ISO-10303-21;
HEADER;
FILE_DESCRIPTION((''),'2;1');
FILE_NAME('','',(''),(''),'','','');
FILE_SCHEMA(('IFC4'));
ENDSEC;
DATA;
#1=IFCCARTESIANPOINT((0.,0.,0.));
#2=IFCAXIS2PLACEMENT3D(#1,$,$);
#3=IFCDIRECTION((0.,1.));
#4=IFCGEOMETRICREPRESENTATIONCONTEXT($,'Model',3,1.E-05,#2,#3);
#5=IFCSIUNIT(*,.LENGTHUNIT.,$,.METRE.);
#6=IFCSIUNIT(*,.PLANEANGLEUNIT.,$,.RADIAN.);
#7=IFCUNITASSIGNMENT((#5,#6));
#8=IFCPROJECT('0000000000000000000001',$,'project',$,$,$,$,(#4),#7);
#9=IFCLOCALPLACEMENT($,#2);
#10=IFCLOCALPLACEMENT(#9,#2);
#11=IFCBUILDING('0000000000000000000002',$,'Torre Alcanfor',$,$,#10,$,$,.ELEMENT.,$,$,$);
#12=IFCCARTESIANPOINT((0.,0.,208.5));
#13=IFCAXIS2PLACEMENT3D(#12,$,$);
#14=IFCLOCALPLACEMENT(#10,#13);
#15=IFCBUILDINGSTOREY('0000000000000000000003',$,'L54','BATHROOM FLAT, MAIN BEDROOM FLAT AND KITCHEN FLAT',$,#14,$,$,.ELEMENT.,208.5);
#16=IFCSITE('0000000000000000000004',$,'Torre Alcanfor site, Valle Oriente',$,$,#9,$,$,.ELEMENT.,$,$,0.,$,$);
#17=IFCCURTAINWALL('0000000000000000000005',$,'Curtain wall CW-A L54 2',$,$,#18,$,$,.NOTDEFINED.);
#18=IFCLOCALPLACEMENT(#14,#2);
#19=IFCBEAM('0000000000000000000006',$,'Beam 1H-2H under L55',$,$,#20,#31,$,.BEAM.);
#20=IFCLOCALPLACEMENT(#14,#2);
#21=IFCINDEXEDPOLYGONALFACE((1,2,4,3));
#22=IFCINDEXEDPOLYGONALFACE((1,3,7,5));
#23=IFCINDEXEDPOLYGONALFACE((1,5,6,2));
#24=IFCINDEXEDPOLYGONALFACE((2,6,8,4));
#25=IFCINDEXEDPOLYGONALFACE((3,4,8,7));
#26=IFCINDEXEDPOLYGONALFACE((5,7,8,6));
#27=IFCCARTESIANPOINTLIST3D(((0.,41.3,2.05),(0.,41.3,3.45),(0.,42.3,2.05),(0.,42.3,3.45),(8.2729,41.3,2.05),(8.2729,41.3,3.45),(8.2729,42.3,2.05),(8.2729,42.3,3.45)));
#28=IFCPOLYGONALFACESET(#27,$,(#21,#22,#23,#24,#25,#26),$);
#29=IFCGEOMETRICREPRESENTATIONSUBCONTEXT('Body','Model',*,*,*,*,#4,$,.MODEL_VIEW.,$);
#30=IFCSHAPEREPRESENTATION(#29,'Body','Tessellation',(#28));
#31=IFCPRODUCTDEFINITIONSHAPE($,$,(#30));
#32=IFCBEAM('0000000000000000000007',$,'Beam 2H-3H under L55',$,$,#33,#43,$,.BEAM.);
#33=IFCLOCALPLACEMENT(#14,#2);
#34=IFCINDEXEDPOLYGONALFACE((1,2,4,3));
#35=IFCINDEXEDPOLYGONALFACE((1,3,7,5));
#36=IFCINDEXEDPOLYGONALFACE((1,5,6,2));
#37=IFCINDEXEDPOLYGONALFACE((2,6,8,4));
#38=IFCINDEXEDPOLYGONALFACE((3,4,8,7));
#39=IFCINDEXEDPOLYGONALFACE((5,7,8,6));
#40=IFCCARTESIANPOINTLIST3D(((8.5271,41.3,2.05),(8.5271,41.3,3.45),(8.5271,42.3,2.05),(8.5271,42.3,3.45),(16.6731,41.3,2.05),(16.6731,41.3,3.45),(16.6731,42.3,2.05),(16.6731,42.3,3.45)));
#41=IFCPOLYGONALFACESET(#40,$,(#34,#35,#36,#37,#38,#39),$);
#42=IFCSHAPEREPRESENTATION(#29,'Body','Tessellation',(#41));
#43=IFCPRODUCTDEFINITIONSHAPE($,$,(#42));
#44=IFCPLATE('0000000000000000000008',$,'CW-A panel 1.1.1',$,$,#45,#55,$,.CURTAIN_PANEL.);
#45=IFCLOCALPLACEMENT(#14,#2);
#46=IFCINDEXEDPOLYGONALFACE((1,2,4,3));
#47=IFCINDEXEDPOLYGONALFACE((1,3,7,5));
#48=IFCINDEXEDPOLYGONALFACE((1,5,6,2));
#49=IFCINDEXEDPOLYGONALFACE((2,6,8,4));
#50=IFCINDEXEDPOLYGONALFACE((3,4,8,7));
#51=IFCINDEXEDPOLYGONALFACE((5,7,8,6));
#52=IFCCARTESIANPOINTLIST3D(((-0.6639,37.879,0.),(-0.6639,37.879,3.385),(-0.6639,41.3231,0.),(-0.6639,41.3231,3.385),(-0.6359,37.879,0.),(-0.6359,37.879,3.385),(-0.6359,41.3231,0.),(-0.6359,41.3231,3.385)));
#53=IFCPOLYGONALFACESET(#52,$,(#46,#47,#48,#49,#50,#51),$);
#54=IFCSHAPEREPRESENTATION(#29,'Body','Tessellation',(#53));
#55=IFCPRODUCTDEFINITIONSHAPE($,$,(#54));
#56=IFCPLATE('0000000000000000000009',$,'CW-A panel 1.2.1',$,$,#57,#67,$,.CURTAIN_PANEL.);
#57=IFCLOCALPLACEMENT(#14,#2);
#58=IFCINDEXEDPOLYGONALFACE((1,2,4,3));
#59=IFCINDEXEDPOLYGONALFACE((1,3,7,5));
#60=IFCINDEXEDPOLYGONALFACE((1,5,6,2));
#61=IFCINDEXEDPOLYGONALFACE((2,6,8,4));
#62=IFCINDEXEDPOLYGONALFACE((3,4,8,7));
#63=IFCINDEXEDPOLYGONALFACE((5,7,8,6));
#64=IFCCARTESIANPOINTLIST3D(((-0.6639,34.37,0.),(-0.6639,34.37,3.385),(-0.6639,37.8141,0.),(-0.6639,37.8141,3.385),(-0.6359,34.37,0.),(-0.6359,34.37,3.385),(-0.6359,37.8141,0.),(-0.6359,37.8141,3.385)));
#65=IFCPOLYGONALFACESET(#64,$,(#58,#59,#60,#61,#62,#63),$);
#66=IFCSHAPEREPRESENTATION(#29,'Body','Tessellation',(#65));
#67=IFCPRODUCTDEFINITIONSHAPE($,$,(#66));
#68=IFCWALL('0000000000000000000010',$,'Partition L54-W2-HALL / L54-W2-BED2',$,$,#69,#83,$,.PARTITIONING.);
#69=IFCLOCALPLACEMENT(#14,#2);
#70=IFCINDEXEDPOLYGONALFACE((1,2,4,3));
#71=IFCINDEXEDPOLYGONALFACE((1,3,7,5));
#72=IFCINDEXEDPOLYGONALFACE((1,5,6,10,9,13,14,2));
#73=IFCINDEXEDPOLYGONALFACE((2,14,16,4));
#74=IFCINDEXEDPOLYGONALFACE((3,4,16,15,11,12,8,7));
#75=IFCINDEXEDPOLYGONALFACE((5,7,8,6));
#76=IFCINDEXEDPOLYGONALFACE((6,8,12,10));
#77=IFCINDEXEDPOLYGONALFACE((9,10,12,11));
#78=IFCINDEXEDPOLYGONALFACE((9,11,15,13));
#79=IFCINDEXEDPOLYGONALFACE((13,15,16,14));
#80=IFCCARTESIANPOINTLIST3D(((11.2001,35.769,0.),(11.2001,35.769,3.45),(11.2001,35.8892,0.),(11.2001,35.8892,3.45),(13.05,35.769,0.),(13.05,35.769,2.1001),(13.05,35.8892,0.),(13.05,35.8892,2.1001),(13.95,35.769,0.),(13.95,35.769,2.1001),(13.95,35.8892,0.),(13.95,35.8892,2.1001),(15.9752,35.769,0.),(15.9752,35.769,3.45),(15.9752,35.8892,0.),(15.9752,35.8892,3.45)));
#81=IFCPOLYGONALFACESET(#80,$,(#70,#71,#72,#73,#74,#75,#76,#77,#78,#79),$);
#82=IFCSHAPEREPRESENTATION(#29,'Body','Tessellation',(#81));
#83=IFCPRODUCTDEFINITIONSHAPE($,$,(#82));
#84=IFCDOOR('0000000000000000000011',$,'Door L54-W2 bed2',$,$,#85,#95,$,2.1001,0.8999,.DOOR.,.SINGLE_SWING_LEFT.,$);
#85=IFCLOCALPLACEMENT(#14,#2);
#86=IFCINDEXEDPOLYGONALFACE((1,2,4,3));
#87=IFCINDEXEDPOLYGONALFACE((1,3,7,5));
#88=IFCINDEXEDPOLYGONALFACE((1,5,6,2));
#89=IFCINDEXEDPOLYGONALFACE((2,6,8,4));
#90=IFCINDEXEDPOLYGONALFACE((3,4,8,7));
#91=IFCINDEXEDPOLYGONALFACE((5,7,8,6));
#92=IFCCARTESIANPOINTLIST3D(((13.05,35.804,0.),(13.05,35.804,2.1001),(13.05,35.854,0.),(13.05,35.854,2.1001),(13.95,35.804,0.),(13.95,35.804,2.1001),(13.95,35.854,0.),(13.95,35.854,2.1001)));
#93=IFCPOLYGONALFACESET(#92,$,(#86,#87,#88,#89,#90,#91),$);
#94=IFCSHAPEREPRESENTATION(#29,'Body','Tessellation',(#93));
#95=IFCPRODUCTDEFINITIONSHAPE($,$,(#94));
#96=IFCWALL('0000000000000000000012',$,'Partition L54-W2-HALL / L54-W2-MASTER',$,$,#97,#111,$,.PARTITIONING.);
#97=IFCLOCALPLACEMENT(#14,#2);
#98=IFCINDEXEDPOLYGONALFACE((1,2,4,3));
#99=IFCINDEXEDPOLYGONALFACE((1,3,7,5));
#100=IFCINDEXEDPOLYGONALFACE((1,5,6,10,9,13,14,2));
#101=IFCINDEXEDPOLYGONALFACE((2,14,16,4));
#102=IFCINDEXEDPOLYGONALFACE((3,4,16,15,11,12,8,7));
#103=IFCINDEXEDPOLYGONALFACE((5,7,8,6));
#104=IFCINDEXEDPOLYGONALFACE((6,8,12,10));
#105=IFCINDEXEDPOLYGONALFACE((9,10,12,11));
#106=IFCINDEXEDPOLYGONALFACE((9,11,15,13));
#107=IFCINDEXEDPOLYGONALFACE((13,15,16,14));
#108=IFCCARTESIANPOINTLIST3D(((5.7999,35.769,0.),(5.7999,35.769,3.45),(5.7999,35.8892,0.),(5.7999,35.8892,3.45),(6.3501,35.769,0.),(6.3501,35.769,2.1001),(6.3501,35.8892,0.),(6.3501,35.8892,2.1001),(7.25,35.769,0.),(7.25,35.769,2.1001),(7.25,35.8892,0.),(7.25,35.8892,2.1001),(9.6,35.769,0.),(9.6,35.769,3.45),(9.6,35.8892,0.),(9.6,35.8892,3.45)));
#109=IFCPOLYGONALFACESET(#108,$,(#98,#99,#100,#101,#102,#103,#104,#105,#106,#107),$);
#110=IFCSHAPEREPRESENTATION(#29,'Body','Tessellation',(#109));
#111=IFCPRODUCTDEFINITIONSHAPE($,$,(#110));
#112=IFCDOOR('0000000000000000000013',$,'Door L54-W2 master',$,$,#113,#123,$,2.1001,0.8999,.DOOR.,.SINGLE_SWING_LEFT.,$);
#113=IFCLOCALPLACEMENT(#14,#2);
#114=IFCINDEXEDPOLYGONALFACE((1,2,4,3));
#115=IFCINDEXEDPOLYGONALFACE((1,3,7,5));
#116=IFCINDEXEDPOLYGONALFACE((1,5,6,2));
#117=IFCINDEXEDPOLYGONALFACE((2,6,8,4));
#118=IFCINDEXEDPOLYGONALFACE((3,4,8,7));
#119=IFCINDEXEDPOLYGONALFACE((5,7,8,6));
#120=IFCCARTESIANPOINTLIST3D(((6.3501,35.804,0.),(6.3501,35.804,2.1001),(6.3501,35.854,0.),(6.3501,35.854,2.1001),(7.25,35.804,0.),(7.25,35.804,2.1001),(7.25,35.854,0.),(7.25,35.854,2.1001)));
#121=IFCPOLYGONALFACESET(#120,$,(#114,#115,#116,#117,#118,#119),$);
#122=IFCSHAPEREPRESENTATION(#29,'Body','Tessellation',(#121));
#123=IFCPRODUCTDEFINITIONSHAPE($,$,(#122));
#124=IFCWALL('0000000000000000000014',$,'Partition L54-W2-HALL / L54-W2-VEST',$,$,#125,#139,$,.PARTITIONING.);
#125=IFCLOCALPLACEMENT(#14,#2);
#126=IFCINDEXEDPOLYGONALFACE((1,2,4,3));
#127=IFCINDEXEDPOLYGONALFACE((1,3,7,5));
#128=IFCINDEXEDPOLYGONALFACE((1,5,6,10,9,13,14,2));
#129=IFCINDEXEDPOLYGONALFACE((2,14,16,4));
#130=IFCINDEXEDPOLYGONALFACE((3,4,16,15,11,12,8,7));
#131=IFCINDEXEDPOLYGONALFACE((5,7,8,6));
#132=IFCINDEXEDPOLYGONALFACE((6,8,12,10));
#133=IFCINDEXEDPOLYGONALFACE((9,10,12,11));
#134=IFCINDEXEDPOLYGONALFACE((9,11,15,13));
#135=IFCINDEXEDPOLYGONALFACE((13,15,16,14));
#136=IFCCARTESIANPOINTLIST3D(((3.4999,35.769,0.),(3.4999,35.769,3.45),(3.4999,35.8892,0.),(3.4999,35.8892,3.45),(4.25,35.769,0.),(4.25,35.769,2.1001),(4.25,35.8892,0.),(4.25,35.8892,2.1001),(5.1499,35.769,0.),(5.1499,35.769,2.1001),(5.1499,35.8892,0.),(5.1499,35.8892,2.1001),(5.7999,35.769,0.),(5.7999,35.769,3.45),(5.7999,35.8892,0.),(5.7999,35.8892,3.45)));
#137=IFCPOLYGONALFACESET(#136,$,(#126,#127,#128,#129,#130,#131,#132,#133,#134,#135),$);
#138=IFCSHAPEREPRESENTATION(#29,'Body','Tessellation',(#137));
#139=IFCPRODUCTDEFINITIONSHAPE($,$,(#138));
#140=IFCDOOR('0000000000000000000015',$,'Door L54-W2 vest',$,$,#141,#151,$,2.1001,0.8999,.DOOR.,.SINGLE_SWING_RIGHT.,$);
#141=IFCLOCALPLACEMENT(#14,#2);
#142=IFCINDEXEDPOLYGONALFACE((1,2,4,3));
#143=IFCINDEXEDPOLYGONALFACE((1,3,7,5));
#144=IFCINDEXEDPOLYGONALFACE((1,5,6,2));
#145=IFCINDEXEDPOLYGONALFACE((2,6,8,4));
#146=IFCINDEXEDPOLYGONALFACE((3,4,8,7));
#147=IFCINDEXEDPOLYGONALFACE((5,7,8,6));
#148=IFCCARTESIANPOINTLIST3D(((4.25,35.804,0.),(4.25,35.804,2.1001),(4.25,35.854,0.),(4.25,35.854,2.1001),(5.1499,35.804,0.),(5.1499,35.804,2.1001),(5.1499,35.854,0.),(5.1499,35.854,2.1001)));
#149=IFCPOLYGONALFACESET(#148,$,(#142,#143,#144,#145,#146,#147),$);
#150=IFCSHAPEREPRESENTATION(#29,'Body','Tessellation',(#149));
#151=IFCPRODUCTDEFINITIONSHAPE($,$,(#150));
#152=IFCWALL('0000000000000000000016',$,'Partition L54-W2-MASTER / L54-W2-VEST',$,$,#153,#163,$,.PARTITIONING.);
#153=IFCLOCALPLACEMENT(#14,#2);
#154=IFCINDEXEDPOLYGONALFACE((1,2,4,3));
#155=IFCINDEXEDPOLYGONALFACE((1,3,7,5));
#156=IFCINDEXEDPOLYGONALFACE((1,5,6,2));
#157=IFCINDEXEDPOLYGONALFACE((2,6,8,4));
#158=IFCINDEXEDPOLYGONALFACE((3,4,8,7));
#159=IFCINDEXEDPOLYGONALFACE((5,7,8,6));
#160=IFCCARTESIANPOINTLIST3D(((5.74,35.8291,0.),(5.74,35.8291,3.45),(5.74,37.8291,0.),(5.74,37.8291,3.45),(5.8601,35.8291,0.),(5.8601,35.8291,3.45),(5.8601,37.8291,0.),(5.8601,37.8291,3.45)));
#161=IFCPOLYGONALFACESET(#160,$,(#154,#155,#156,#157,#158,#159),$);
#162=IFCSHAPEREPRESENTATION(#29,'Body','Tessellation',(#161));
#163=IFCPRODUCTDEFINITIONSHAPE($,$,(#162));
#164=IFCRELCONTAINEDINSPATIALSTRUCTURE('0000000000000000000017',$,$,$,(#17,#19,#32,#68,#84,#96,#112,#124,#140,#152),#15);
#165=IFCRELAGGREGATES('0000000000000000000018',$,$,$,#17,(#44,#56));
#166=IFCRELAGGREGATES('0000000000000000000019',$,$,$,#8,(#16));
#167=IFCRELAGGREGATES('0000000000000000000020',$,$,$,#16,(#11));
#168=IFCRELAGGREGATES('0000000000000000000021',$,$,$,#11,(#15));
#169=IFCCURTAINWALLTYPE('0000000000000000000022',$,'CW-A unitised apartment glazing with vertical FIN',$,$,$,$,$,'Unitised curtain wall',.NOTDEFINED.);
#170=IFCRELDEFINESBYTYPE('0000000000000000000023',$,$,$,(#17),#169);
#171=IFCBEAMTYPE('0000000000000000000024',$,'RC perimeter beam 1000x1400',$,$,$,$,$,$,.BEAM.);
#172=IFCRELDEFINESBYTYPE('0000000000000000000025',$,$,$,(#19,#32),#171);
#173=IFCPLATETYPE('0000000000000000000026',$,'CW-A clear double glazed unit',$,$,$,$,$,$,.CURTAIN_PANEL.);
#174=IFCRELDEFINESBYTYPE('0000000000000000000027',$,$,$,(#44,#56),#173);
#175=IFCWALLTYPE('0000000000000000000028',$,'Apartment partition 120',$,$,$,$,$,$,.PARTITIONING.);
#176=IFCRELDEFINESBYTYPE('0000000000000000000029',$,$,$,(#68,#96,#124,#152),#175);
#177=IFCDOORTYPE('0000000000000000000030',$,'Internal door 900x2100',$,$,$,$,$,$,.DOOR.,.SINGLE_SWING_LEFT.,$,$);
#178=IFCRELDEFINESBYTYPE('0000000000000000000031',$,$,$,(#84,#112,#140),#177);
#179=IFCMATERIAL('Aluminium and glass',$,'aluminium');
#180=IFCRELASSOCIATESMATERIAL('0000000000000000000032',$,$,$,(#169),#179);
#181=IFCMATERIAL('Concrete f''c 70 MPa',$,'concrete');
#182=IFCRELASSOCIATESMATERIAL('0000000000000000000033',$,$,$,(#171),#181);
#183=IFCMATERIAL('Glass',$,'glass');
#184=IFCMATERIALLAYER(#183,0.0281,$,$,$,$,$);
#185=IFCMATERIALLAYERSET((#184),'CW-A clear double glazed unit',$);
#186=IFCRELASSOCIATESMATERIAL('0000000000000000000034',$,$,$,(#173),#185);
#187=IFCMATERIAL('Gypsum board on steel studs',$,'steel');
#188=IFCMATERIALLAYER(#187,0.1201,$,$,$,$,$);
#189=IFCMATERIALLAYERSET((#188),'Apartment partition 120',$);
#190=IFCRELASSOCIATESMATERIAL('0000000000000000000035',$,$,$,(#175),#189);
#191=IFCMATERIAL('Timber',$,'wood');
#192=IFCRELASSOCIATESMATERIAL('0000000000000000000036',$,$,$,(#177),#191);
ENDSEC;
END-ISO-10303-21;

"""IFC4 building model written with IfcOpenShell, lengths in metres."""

from ifc_helpers import new_model, si_unit, direction, frame, frame_2d, origin, origin_2d, place, context, subcontext, project, spatial, rectangle, extrude, material, layer, layer_set, material_profile, profile_set, type_object, element, fill, aggregate, save


model = new_model("IFC4")

# Units and contexts
model_context = context("Model", 3, precision=1e-05, world=origin(), true_north=direction((0.0, 1.0)))
body_context = subcontext(model_context, "Body", "Model", "MODEL_VIEW")
ifc_project = project(units=[si_unit("LENGTHUNIT", "METRE"), si_unit("PLANEANGLEUNIT", "RADIAN")], contexts=[model_context])

# Site, building, storey
site_placement = place(None, origin())
site = spatial("IfcSite", under=ifc_project, at=site_placement, Name="Torre Alcanfor site, Valle Oriente", CompositionType="ELEMENT", RefElevation=0.0)
building_placement = place(site_placement, origin())
building = spatial("IfcBuilding", under=site, at=building_placement, Name="Torre Alcanfor", CompositionType="ELEMENT")
storey_placement = place(building_placement, frame((0.0, 0.0, 208.5)))
storey = spatial("IfcBuildingStorey", under=building, at=storey_placement, Name="L54", Description="BATHROOM FLAT, MAIN BEDROOM FLAT AND KITCHEN FLAT", CompositionType="ELEMENT", Elevation=208.5)

# Curtain wall
ifc_material_1 = material(Name="Aluminium and glass", Category="aluminium")
curtain_wall_type = type_object("IfcCurtainWallType", Name="CW-A unitised apartment glazing with vertical FIN", ElementType="Unitised curtain wall", PredefinedType="NOTDEFINED", material=ifc_material_1)
curtain_wall_placement = place(storey_placement, origin())
curtain_wall = element("IfcCurtainWall", 1, at=curtain_wall_placement, inside=storey, type_object=curtain_wall_type, Name="Curtain wall CW-A L54 2", PredefinedType="NOTDEFINED")

# Beams
ifc_material_2 = material(Name="Concrete f'c 70 MPa", Category="concrete")
ifc_material_profile_1 = material_profile(ifc_material_2, rectangle(XDim=1.0, YDim=1.3999, at=origin_2d()), Name="1000x1400")
ifc_profile_set_1 = profile_set([ifc_material_profile_1], Name="Concrete f'c 70 MPa")
beam_type_1 = type_object("IfcBeamType", Name="RC perimeter beam 1000x1400", PredefinedType="BEAM", material=ifc_profile_set_1)
beam_1_placement = place(storey_placement, frame((0.0, 41.8, 2.75), z_axis=(1.0, 0.0, 0.0), x_axis=(0.0, 1.0, 0.0)))
element("IfcBeam", 2, at=beam_1_placement, inside=storey, type_object=beam_type_1, Name="Beam 1H-2H under L55", PredefinedType="BEAM", context=body_context, shape_type="SweptSolid", body=[
    extrude(rectangle(XDim=1.0, YDim=1.3999, at=origin_2d()), origin(), (0.0, 0.0, 1.0), 8.2729),
])
beam_2_placement = place(storey_placement, frame((8.5271, 41.8, 2.75), z_axis=(1.0, 0.0, 0.0), x_axis=(0.0, 1.0, 0.0)))
element("IfcBeam", 3, at=beam_2_placement, inside=storey, type_object=beam_type_1, Name="Beam 2H-3H under L55", PredefinedType="BEAM", context=body_context, shape_type="SweptSolid", body=[
    extrude(rectangle(XDim=1.0, YDim=1.3999, at=origin_2d()), origin(), (0.0, 0.0, 1.0), 8.146),
])

# Plates
ifc_material_3 = material(Name="Glass", Category="glass")
ifc_layer_1 = layer(ifc_material_3, 0.0281)
ifc_layer_set_1 = layer_set([ifc_layer_1], Name="CW-A clear double glazed unit")
plate_type = type_object("IfcPlateType", Name="CW-A clear double glazed unit", PredefinedType="CURTAIN_PANEL", material=ifc_layer_set_1)
plate_1_placement = place(storey_placement, frame((-0.6499, 39.6011, 0.0), z_axis=(0.0, 0.0, 1.0), x_axis=(0.0, -1.0, 0.0)))
plate_1 = element("IfcPlate", 4, at=plate_1_placement, type_object=plate_type, Name="CW-A panel 1.1.1", PredefinedType="CURTAIN_PANEL", context=body_context, shape_type="SweptSolid", body=[
    extrude(rectangle(XDim=3.4441, YDim=0.0281, at=origin_2d()), origin(), (0.0, 0.0, 1.0), 3.385),
])
plate_2_placement = place(storey_placement, frame((-0.6499, 36.092, 0.0), z_axis=(0.0, 0.0, 1.0), x_axis=(0.0, -1.0, 0.0)))
plate_2 = element("IfcPlate", 5, at=plate_2_placement, type_object=plate_type, Name="CW-A panel 1.2.1", PredefinedType="CURTAIN_PANEL", context=body_context, shape_type="SweptSolid", body=[
    extrude(rectangle(XDim=3.4441, YDim=0.0281, at=origin_2d()), origin(), (0.0, 0.0, 1.0), 3.385),
])
aggregate(curtain_wall, [plate_1, plate_2])

# Walls, openings, doors
ifc_material_4 = material(Name="Gypsum board on steel studs", Category="steel")
ifc_layer_2 = layer(ifc_material_4, 0.1201)
ifc_layer_set_2 = layer_set([ifc_layer_2], Name="Apartment partition 120")
wall_type_1 = type_object("IfcWallType", Name="Apartment partition 120", PredefinedType="PARTITIONING", material=ifc_layer_set_2)
wall_1_placement = place(storey_placement, frame((11.2, 35.8291, 0.0), z_axis=(0.0, 0.0, 1.0), x_axis=(1.0, 0.0, 0.0)))
wall_1 = element("IfcWall", 6, at=wall_1_placement, inside=storey, type_object=wall_type_1, Name="Partition L54-W2-HALL / L54-W2-BED2", PredefinedType="PARTITIONING", context=body_context, shape_type="SweptSolid", body=[
    extrude(rectangle(XDim=4.7751, YDim=0.1201, at=frame_2d((2.3877, 0.0))), origin(), (0.0, 0.0, 1.0), 3.45),
])
opening_1_placement = place(wall_1_placement, frame((1.8501, 0.0, 0.0)))
opening_1 = element("IfcOpeningElement", 7, at=opening_1_placement, cuts=wall_1, PredefinedType="OPENING", context=body_context, shape_type="SweptSolid", body=[
    extrude(rectangle(XDim=0.8999, YDim=2.1001, at=frame_2d((0.45, 1.05))), frame((0.0, 0.0701, 0.0), z_axis=(0.0, -1.0, 0.0), x_axis=(1.0, 0.0, 0.0)), (0.0, 0.0, 1.0), 0.1401),
])
ifc_material_5 = material(Name="Timber", Category="wood")
door_type_1 = type_object("IfcDoorType", Name="Internal door 900x2100", OperationType="SINGLE_SWING_LEFT", PredefinedType="DOOR", material=ifc_material_5)
door_1_placement = place(opening_1_placement, origin())
door_1 = element("IfcDoor", 8, at=door_1_placement, inside=storey, type_object=door_type_1, Name="Door L54-W2 bed2", OperationType="SINGLE_SWING_LEFT", OverallHeight=2.1001, OverallWidth=0.8999, PredefinedType="DOOR", context=body_context, shape_type="SweptSolid", body=[
    extrude(rectangle(XDim=0.8999, YDim=2.1001, at=frame_2d((0.45, 1.05))), frame((0.0, 0.0249, 0.0), z_axis=(0.0, -1.0, 0.0), x_axis=(1.0, 0.0, 0.0)), (0.0, 0.0, 1.0), 0.05),
])
fill(opening_1, door_1)
wall_2_placement = place(storey_placement, frame((5.8, 35.8291, 0.0), z_axis=(0.0, 0.0, 1.0), x_axis=(1.0, 0.0, 0.0)))
wall_2 = element("IfcWall", 9, at=wall_2_placement, inside=storey, type_object=wall_type_1, Name="Partition L54-W2-HALL / L54-W2-MASTER", PredefinedType="PARTITIONING", context=body_context, shape_type="SweptSolid", body=[
    extrude(rectangle(XDim=3.8, YDim=0.1201, at=frame_2d((1.8999, 0.0))), origin(), (0.0, 0.0, 1.0), 3.45),
])
opening_2_placement = place(wall_2_placement, frame((0.55, 0.0, 0.0)))
opening_2 = element("IfcOpeningElement", 10, at=opening_2_placement, cuts=wall_2, PredefinedType="OPENING", context=body_context, shape_type="SweptSolid", body=[
    extrude(rectangle(XDim=0.8999, YDim=2.1001, at=frame_2d((0.45, 1.05))), frame((0.0, 0.0701, 0.0), z_axis=(0.0, -1.0, 0.0), x_axis=(1.0, 0.0, 0.0)), (0.0, 0.0, 1.0), 0.1401),
])
door_2_placement = place(opening_2_placement, origin())
door_2 = element("IfcDoor", 11, at=door_2_placement, inside=storey, type_object=door_type_1, Name="Door L54-W2 master", OperationType="SINGLE_SWING_LEFT", OverallHeight=2.1001, OverallWidth=0.8999, PredefinedType="DOOR", context=body_context, shape_type="SweptSolid", body=[
    extrude(rectangle(XDim=0.8999, YDim=2.1001, at=frame_2d((0.45, 1.05))), frame((0.0, 0.0249, 0.0), z_axis=(0.0, -1.0, 0.0), x_axis=(1.0, 0.0, 0.0)), (0.0, 0.0, 1.0), 0.05),
])
fill(opening_2, door_2)
wall_3_placement = place(storey_placement, frame((3.5, 35.8291, 0.0), z_axis=(0.0, 0.0, 1.0), x_axis=(1.0, 0.0, 0.0)))
wall_3 = element("IfcWall", 12, at=wall_3_placement, inside=storey, type_object=wall_type_1, Name="Partition L54-W2-HALL / L54-W2-VEST", PredefinedType="PARTITIONING", context=body_context, shape_type="SweptSolid", body=[
    extrude(rectangle(XDim=2.3, YDim=0.1201, at=frame_2d((1.1499, 0.0))), origin(), (0.0, 0.0, 1.0), 3.45),
])
opening_3_placement = place(wall_3_placement, frame((0.75, 0.0, 0.0)))
opening_3 = element("IfcOpeningElement", 13, at=opening_3_placement, cuts=wall_3, PredefinedType="OPENING", context=body_context, shape_type="SweptSolid", body=[
    extrude(rectangle(XDim=0.8999, YDim=2.1001, at=frame_2d((0.45, 1.05))), frame((0.0, 0.0701, 0.0), z_axis=(0.0, -1.0, 0.0), x_axis=(1.0, 0.0, 0.0)), (0.0, 0.0, 1.0), 0.1401),
])
door_3_placement = place(opening_3_placement, origin())
door_3 = element("IfcDoor", 14, at=door_3_placement, inside=storey, type_object=door_type_1, Name="Door L54-W2 vest", OperationType="SINGLE_SWING_RIGHT", OverallHeight=2.1001, OverallWidth=0.8999, PredefinedType="DOOR", context=body_context, shape_type="SweptSolid", body=[
    extrude(rectangle(XDim=0.8999, YDim=2.1001, at=frame_2d((0.45, 1.05))), frame((0.0, 0.0249, 0.0), z_axis=(0.0, -1.0, 0.0), x_axis=(1.0, 0.0, 0.0)), (0.0, 0.0, 1.0), 0.05),
])
fill(opening_3, door_3)

# Wall
wall_4_placement = place(storey_placement, frame((5.8, 35.8291, 0.0), z_axis=(0.0, 0.0, 1.0), x_axis=(0.0, 1.0, 0.0)))
element("IfcWall", 15, at=wall_4_placement, inside=storey, type_object=wall_type_1, Name="Partition L54-W2-MASTER / L54-W2-VEST", PredefinedType="PARTITIONING", context=body_context, shape_type="SweptSolid", body=[
    extrude(rectangle(XDim=2.0, YDim=0.1201, at=frame_2d((1.0, 0.0))), origin(), (0.0, 0.0, 1.0), 3.45),
])

save(model, "model.ifc")
